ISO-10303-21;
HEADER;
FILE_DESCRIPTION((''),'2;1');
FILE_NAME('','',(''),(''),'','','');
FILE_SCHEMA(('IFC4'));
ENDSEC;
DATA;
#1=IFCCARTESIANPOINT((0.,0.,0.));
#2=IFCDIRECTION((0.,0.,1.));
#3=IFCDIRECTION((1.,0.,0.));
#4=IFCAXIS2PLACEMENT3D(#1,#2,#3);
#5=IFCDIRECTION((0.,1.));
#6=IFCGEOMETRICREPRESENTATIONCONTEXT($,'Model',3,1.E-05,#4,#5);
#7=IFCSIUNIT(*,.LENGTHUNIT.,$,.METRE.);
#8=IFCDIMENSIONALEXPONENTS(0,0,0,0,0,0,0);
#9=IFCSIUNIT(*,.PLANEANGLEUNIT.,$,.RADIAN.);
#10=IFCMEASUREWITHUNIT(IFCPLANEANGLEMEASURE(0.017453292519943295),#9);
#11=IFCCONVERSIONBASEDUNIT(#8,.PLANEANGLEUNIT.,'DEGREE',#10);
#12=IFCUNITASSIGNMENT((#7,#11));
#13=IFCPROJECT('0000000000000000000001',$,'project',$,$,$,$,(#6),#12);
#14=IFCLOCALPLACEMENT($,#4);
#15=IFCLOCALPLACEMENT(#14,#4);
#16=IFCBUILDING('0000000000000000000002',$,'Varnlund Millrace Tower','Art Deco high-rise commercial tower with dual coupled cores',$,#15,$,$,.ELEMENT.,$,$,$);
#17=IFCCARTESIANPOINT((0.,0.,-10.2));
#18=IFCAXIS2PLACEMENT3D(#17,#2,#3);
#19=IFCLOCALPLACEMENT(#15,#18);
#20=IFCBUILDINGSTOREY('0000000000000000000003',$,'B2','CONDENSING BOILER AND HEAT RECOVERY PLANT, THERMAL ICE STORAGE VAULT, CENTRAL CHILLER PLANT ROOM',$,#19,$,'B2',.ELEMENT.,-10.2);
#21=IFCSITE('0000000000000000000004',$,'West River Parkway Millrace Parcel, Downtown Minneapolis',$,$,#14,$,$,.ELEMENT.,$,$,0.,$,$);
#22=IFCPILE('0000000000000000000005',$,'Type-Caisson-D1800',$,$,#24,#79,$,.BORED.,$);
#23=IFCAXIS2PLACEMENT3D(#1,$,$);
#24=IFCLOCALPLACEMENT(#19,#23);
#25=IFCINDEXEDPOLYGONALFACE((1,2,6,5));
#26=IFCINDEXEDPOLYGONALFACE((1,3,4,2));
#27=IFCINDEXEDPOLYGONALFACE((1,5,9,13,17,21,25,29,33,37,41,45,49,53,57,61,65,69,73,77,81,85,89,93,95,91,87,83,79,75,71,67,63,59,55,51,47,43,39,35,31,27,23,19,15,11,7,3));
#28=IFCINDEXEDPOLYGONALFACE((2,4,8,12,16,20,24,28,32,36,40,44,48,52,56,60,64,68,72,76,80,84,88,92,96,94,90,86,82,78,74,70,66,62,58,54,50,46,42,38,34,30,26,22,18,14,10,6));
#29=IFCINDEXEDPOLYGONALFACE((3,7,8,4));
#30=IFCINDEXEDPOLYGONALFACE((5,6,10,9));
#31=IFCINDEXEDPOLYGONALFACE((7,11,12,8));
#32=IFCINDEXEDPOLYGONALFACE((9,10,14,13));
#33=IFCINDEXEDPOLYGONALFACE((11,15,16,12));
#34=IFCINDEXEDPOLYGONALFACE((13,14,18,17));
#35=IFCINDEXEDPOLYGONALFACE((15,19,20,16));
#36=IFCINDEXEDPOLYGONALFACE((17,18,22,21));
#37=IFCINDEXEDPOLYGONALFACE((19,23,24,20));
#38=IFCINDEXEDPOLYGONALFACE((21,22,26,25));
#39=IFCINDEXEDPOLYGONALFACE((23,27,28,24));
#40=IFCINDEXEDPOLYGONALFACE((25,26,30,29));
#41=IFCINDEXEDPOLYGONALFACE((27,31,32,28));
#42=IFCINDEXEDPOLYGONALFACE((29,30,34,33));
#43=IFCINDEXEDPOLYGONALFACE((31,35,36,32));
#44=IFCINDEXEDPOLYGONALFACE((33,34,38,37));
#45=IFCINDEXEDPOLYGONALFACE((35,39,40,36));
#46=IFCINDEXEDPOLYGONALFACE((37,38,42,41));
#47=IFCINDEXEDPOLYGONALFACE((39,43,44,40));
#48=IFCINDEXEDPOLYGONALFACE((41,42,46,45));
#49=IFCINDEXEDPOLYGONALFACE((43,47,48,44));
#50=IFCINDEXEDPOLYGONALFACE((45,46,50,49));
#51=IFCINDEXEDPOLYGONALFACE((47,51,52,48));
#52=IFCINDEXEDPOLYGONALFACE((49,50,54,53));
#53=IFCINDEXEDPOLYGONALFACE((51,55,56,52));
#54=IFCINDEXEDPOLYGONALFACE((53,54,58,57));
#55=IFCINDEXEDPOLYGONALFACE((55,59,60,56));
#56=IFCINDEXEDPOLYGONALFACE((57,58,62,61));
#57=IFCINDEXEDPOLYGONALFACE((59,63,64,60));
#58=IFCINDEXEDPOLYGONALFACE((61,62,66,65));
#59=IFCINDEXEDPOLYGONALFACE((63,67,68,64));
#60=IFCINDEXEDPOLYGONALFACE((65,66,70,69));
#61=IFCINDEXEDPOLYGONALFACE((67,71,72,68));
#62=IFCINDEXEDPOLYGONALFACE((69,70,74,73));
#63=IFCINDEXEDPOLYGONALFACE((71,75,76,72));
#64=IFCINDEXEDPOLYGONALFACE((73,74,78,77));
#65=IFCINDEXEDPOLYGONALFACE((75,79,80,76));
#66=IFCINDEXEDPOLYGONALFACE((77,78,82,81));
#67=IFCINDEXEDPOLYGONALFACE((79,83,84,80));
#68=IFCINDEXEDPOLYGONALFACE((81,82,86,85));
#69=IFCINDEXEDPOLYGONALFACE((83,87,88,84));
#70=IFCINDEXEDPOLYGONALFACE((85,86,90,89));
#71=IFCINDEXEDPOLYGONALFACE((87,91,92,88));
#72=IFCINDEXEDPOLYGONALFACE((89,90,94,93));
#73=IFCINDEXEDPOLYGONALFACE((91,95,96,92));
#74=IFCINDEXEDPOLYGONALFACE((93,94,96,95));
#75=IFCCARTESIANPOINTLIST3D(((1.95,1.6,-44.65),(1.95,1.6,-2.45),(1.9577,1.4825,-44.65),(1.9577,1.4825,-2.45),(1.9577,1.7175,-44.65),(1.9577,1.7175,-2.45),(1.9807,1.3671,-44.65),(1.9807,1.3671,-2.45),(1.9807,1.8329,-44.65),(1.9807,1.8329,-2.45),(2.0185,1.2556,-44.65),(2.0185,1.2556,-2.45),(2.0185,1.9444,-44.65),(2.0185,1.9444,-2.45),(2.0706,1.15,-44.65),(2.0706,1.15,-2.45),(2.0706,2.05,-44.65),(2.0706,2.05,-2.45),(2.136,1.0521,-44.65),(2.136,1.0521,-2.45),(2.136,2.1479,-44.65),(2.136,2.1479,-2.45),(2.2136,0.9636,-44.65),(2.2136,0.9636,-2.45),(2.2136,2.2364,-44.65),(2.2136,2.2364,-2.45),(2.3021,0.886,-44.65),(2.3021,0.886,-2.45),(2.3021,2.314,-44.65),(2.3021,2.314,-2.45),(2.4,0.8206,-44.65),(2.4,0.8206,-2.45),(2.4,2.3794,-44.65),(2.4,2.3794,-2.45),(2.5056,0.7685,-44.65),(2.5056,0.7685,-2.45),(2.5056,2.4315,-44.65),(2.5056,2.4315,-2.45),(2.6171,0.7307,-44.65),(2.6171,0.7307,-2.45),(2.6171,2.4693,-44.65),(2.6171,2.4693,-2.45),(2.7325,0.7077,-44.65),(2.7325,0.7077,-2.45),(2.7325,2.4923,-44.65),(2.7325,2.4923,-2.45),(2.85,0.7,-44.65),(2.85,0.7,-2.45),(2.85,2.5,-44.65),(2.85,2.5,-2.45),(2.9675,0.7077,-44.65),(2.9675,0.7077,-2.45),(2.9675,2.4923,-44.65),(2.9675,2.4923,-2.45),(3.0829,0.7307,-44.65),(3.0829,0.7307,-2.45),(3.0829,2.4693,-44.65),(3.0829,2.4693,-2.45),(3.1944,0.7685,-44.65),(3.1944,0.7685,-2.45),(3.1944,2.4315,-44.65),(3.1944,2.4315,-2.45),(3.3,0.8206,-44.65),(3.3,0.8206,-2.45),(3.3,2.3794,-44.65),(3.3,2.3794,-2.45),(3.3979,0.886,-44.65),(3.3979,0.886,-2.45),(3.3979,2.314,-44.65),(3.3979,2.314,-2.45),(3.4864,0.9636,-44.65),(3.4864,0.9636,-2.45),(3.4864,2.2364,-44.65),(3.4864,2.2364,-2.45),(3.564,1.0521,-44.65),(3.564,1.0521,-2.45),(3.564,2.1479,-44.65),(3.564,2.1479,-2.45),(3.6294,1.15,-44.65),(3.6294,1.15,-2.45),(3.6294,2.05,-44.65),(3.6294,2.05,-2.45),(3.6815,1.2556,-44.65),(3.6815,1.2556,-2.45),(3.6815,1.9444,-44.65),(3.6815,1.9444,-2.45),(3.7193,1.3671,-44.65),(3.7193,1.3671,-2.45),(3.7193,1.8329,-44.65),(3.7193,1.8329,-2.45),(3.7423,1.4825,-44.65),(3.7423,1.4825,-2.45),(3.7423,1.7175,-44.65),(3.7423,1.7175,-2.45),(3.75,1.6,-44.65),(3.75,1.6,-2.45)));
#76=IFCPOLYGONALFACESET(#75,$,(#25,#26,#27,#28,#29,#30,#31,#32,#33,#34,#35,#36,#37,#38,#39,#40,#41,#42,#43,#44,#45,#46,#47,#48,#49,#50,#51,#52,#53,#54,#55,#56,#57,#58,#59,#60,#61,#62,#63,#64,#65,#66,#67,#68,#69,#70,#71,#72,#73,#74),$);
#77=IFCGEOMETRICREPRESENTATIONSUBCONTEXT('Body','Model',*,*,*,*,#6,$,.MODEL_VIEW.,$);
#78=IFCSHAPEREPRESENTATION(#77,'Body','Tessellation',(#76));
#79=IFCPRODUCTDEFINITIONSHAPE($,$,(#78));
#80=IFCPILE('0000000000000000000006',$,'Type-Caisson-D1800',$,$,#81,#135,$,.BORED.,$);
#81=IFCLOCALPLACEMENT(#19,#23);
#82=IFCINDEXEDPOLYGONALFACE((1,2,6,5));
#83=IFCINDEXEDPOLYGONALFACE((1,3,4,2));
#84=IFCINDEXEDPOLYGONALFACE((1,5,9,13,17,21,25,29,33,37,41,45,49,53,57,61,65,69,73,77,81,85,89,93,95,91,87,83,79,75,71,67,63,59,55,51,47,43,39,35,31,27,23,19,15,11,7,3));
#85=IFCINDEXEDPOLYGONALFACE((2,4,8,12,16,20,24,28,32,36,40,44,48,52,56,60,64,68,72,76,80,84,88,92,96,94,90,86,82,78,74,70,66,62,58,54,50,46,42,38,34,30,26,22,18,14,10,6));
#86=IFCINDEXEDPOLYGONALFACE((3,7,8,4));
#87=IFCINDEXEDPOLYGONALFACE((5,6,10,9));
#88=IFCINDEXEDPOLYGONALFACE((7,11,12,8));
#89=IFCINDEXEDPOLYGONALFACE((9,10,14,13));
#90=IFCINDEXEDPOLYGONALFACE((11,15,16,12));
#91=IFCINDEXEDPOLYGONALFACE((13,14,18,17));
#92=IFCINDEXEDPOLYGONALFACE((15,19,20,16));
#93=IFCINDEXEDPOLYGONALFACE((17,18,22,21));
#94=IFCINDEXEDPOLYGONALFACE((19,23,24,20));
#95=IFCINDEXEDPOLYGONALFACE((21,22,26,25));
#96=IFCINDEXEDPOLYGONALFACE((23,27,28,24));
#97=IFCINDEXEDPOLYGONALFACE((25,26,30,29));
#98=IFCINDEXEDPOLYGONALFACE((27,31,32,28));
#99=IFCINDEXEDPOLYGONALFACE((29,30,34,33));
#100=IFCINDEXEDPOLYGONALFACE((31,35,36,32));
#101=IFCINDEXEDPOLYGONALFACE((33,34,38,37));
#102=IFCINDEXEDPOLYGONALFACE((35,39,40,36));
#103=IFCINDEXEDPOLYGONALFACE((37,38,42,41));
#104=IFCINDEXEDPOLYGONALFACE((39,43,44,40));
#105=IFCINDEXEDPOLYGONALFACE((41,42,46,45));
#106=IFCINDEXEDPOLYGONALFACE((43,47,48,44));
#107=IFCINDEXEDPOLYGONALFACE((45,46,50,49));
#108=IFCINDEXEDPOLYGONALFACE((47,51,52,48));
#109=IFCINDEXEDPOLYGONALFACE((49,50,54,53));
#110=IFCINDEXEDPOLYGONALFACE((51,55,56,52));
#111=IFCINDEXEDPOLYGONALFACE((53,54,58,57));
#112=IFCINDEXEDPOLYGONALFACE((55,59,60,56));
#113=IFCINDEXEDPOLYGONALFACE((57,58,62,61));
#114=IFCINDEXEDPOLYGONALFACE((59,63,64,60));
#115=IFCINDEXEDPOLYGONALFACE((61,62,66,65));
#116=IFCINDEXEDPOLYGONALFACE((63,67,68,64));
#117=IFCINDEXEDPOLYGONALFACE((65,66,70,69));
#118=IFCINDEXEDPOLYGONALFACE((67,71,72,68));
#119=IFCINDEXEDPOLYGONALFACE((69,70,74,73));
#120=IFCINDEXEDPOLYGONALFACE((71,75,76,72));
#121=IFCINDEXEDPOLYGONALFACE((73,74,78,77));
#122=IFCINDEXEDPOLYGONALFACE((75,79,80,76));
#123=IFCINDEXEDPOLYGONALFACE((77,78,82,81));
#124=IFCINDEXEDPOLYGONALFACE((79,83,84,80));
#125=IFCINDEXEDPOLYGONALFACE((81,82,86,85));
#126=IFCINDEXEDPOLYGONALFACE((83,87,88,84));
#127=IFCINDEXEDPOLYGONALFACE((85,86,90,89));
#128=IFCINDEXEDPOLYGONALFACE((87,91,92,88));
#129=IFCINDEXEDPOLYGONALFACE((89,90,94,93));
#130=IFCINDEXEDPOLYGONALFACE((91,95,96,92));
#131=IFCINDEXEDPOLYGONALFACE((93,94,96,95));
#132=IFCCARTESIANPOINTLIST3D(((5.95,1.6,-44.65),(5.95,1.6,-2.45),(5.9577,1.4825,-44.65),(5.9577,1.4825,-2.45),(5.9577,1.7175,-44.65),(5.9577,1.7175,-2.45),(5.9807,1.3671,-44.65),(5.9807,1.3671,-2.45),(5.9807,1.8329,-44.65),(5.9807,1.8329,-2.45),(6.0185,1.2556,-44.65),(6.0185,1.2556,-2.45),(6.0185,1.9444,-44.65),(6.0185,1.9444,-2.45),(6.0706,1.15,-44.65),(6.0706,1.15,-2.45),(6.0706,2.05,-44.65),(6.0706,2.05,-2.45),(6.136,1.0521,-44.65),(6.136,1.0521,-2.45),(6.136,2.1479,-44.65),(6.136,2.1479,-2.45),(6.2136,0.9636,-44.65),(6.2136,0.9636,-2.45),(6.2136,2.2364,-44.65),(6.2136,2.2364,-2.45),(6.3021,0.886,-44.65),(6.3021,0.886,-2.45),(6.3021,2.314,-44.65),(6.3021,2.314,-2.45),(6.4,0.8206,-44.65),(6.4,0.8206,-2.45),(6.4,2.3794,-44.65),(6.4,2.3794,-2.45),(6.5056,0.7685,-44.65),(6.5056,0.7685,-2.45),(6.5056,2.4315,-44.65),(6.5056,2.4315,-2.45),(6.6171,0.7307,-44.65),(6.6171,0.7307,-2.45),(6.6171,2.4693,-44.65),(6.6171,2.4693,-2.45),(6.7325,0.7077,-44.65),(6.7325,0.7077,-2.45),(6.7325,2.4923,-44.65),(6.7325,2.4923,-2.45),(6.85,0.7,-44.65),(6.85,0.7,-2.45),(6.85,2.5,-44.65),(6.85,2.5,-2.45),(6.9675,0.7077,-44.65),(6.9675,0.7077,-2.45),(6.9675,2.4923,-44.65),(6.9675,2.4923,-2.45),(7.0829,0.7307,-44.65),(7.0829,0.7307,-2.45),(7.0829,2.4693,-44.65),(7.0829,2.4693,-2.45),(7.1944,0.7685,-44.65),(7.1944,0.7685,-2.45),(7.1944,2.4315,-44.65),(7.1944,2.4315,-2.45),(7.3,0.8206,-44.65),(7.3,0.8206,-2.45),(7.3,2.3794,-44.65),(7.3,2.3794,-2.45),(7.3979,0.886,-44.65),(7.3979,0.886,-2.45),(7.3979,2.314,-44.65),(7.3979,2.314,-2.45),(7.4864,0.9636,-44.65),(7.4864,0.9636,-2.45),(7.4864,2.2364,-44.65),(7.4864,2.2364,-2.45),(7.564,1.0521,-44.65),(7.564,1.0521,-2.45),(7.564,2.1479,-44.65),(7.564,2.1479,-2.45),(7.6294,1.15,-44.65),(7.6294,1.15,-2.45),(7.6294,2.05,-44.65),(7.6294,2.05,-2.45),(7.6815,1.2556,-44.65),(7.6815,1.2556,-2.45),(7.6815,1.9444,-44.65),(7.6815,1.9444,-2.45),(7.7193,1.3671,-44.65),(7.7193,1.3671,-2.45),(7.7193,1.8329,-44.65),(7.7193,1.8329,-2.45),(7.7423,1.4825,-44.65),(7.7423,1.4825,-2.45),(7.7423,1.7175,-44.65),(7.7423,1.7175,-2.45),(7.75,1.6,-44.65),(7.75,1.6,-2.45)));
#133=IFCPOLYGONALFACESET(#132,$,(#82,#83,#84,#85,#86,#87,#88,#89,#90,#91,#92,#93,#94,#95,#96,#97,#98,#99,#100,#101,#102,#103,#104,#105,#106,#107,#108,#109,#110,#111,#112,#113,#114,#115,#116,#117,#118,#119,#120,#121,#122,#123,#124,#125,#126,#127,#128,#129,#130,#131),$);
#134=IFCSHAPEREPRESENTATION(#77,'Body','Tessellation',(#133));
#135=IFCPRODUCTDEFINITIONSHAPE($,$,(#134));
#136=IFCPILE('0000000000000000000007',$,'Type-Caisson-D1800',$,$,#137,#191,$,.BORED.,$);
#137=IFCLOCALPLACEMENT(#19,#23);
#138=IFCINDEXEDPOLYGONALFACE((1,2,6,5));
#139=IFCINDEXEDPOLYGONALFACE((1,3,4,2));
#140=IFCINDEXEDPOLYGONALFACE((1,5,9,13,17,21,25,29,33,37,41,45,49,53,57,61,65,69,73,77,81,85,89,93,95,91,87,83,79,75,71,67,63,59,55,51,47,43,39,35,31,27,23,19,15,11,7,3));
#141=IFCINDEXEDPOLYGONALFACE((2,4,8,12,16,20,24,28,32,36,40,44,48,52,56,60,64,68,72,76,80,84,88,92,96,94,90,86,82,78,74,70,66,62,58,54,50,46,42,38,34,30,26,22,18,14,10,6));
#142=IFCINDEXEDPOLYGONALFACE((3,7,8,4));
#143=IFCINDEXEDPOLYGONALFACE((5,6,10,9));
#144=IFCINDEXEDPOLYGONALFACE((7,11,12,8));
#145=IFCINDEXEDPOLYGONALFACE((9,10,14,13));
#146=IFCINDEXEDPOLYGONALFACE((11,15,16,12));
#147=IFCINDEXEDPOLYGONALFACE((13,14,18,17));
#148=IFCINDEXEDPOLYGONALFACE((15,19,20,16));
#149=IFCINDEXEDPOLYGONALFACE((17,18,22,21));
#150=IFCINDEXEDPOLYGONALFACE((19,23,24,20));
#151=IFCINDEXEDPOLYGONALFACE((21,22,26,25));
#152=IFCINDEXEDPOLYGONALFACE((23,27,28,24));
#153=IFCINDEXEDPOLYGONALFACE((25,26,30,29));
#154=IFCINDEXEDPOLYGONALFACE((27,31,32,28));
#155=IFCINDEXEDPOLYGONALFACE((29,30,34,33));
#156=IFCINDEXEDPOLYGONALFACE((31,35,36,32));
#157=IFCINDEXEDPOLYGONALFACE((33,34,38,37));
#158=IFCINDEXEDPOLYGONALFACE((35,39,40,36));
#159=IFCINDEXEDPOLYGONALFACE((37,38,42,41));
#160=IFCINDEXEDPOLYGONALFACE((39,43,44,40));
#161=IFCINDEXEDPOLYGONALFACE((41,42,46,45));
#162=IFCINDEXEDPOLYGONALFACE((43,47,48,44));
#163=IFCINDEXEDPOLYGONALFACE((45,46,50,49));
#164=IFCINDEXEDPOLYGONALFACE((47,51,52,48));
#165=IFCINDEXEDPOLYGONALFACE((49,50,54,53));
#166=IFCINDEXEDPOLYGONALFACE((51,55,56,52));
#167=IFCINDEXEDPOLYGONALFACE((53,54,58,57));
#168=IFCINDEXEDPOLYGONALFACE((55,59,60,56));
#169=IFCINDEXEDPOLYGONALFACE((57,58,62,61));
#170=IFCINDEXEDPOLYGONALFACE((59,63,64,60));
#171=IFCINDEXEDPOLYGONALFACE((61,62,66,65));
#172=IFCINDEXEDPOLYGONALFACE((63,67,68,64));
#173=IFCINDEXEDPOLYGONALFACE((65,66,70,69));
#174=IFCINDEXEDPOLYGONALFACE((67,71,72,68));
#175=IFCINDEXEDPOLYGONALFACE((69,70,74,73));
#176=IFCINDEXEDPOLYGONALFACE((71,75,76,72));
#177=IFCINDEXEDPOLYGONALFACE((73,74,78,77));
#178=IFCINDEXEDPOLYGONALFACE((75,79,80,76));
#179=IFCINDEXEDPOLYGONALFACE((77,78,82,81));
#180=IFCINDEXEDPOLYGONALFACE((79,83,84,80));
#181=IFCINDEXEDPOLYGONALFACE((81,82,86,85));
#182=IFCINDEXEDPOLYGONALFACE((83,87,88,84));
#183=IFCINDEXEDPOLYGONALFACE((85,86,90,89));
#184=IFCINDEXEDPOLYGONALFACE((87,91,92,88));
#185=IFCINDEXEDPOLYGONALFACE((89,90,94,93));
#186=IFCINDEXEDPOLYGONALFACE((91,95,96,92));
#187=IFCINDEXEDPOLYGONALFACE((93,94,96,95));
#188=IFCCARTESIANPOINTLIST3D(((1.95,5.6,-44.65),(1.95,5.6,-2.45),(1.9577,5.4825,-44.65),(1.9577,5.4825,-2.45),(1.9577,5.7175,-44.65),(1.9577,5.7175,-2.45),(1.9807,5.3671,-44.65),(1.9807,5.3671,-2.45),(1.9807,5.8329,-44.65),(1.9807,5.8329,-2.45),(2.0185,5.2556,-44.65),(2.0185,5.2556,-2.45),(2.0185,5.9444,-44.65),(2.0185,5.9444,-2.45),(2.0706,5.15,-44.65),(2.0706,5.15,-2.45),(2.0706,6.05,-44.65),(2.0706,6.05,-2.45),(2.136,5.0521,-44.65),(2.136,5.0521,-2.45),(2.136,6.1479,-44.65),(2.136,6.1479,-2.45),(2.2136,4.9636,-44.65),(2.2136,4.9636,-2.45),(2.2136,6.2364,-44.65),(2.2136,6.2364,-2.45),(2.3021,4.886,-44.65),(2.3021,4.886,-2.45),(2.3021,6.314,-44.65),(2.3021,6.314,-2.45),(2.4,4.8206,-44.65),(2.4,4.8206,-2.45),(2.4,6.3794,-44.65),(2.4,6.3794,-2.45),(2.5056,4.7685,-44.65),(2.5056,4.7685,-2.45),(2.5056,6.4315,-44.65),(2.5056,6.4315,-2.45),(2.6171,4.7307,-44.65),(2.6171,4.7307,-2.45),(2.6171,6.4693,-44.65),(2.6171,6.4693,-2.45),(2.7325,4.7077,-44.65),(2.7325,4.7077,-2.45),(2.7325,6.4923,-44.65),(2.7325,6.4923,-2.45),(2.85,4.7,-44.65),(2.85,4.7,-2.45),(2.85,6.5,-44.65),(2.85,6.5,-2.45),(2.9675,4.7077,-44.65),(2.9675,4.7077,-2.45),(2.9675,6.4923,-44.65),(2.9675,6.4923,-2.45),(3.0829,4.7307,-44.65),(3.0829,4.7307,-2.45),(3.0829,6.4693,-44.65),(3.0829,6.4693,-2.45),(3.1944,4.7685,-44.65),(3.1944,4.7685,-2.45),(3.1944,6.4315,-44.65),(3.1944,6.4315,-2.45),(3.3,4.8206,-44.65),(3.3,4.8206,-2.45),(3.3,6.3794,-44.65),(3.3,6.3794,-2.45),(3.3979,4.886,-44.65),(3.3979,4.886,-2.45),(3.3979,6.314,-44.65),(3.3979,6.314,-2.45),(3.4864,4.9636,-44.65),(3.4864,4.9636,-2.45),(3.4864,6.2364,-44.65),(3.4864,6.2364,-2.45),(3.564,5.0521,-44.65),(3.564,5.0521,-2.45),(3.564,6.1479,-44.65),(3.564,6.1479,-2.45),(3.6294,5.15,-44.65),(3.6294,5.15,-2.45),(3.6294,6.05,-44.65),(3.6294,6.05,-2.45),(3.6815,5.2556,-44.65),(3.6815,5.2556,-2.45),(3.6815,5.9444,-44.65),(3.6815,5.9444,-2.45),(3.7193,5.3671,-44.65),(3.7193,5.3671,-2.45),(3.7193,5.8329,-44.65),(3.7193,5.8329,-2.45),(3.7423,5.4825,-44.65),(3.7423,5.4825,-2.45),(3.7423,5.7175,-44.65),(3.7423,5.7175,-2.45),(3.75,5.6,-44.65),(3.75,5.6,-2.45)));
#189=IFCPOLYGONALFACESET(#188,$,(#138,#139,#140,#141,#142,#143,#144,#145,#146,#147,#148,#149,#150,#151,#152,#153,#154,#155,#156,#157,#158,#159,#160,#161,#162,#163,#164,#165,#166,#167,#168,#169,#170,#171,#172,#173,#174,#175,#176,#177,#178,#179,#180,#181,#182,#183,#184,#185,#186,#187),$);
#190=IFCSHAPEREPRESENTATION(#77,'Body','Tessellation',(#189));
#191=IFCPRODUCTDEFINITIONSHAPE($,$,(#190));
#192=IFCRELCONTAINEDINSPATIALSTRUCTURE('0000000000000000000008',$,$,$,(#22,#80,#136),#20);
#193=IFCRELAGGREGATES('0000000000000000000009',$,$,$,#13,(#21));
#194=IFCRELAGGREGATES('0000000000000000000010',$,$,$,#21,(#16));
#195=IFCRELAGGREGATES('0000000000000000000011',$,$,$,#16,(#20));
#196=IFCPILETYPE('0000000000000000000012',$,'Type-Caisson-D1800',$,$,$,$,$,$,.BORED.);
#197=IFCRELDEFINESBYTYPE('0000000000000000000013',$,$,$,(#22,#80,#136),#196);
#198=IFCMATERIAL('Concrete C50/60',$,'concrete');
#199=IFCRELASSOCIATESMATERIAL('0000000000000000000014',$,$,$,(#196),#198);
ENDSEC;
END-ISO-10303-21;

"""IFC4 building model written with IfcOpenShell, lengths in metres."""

from ifc_helpers import new_model, entity, si_unit, converted_unit, direction, frame, origin_with_axes, origin_2d_with_axis, place, context, subcontext, project, spatial, circle, extrude, material, material_profile, profile_set, type_object, element, save


model = new_model("IFC4")

# Units and contexts
model_context = context("Model", 3, precision=1e-05, world=origin_with_axes(), true_north=direction((0.0, 1.0)))
body_context = subcontext(model_context, "Body", "Model", "MODEL_VIEW")
ifc_project = project(units=[si_unit("LENGTHUNIT", "METRE"), converted_unit("PLANEANGLEUNIT", "DEGREE", entity("IfcPlaneAngleMeasure", 0.017453292519943295), si_unit("PLANEANGLEUNIT", "RADIAN"), dimensions=[0, 0, 0, 0, 0, 0, 0])], contexts=[model_context])

# Site, building, storey
site_placement = place(None, origin_with_axes())
site = spatial("IfcSite", under=ifc_project, at=site_placement, Name="West River Parkway Millrace Parcel, Downtown Minneapolis", CompositionType="ELEMENT", RefElevation=0.0)
building_placement = place(site_placement, origin_with_axes())
building = spatial("IfcBuilding", under=site, at=building_placement, Name="Varnlund Millrace Tower", Description="Art Deco high-rise commercial tower with dual coupled cores", CompositionType="ELEMENT")
storey_placement = place(building_placement, frame((0.0, 0.0, -10.2), z_axis=(0.0, 0.0, 1.0), x_axis=(1.0, 0.0, 0.0)))
storey = spatial("IfcBuildingStorey", under=building, at=storey_placement, Name="B2", Description="CONDENSING BOILER AND HEAT RECOVERY PLANT, THERMAL ICE STORAGE VAULT, CENTRAL CHILLER PLANT ROOM", LongName="B2", CompositionType="ELEMENT", Elevation=-10.2)

# Piles
ifc_material_1 = material(Name="Concrete C50/60", Category="concrete")
ifc_material_profile_1 = material_profile(ifc_material_1, circle(Radius=0.9, at=origin_2d_with_axis()), Name="Concrete C50/60")
ifc_profile_set_1 = profile_set([ifc_material_profile_1], Name="Concrete C50/60")
pile_type_1 = type_object("IfcPileType", Name="Type-Caisson-D1800", PredefinedType="BORED", material=ifc_profile_set_1)
for number, where, z_axis, x_axis, name in (
    (1, (2.85, 1.6, -44.65), (0.0, 0.0, 1.0), (1.0, 0.0, 0.0), "Type-Caisson-D1800"),
    (2, (6.85, 1.6, -44.65), (0.0, 0.0, 1.0), (1.0, 0.0, 0.0), "Type-Caisson-D1800"),
    (3, (2.85, 5.6, -44.65), (0.0, 0.0, 1.0), (1.0, 0.0, 0.0), "Type-Caisson-D1800"),
):
    element("IfcPile", number, at=place(storey_placement, frame(where, z_axis=z_axis, x_axis=x_axis)), inside=storey, type_object=pile_type_1, Name=name, PredefinedType="BORED", context=body_context, shape_type="SweptSolid", body=[
        extrude(circle(Radius=0.9, at=origin_2d_with_axis()), origin_with_axes(), (0.0, 0.0, 1.0), 42.2),
    ])

save(model, "model.ifc")
